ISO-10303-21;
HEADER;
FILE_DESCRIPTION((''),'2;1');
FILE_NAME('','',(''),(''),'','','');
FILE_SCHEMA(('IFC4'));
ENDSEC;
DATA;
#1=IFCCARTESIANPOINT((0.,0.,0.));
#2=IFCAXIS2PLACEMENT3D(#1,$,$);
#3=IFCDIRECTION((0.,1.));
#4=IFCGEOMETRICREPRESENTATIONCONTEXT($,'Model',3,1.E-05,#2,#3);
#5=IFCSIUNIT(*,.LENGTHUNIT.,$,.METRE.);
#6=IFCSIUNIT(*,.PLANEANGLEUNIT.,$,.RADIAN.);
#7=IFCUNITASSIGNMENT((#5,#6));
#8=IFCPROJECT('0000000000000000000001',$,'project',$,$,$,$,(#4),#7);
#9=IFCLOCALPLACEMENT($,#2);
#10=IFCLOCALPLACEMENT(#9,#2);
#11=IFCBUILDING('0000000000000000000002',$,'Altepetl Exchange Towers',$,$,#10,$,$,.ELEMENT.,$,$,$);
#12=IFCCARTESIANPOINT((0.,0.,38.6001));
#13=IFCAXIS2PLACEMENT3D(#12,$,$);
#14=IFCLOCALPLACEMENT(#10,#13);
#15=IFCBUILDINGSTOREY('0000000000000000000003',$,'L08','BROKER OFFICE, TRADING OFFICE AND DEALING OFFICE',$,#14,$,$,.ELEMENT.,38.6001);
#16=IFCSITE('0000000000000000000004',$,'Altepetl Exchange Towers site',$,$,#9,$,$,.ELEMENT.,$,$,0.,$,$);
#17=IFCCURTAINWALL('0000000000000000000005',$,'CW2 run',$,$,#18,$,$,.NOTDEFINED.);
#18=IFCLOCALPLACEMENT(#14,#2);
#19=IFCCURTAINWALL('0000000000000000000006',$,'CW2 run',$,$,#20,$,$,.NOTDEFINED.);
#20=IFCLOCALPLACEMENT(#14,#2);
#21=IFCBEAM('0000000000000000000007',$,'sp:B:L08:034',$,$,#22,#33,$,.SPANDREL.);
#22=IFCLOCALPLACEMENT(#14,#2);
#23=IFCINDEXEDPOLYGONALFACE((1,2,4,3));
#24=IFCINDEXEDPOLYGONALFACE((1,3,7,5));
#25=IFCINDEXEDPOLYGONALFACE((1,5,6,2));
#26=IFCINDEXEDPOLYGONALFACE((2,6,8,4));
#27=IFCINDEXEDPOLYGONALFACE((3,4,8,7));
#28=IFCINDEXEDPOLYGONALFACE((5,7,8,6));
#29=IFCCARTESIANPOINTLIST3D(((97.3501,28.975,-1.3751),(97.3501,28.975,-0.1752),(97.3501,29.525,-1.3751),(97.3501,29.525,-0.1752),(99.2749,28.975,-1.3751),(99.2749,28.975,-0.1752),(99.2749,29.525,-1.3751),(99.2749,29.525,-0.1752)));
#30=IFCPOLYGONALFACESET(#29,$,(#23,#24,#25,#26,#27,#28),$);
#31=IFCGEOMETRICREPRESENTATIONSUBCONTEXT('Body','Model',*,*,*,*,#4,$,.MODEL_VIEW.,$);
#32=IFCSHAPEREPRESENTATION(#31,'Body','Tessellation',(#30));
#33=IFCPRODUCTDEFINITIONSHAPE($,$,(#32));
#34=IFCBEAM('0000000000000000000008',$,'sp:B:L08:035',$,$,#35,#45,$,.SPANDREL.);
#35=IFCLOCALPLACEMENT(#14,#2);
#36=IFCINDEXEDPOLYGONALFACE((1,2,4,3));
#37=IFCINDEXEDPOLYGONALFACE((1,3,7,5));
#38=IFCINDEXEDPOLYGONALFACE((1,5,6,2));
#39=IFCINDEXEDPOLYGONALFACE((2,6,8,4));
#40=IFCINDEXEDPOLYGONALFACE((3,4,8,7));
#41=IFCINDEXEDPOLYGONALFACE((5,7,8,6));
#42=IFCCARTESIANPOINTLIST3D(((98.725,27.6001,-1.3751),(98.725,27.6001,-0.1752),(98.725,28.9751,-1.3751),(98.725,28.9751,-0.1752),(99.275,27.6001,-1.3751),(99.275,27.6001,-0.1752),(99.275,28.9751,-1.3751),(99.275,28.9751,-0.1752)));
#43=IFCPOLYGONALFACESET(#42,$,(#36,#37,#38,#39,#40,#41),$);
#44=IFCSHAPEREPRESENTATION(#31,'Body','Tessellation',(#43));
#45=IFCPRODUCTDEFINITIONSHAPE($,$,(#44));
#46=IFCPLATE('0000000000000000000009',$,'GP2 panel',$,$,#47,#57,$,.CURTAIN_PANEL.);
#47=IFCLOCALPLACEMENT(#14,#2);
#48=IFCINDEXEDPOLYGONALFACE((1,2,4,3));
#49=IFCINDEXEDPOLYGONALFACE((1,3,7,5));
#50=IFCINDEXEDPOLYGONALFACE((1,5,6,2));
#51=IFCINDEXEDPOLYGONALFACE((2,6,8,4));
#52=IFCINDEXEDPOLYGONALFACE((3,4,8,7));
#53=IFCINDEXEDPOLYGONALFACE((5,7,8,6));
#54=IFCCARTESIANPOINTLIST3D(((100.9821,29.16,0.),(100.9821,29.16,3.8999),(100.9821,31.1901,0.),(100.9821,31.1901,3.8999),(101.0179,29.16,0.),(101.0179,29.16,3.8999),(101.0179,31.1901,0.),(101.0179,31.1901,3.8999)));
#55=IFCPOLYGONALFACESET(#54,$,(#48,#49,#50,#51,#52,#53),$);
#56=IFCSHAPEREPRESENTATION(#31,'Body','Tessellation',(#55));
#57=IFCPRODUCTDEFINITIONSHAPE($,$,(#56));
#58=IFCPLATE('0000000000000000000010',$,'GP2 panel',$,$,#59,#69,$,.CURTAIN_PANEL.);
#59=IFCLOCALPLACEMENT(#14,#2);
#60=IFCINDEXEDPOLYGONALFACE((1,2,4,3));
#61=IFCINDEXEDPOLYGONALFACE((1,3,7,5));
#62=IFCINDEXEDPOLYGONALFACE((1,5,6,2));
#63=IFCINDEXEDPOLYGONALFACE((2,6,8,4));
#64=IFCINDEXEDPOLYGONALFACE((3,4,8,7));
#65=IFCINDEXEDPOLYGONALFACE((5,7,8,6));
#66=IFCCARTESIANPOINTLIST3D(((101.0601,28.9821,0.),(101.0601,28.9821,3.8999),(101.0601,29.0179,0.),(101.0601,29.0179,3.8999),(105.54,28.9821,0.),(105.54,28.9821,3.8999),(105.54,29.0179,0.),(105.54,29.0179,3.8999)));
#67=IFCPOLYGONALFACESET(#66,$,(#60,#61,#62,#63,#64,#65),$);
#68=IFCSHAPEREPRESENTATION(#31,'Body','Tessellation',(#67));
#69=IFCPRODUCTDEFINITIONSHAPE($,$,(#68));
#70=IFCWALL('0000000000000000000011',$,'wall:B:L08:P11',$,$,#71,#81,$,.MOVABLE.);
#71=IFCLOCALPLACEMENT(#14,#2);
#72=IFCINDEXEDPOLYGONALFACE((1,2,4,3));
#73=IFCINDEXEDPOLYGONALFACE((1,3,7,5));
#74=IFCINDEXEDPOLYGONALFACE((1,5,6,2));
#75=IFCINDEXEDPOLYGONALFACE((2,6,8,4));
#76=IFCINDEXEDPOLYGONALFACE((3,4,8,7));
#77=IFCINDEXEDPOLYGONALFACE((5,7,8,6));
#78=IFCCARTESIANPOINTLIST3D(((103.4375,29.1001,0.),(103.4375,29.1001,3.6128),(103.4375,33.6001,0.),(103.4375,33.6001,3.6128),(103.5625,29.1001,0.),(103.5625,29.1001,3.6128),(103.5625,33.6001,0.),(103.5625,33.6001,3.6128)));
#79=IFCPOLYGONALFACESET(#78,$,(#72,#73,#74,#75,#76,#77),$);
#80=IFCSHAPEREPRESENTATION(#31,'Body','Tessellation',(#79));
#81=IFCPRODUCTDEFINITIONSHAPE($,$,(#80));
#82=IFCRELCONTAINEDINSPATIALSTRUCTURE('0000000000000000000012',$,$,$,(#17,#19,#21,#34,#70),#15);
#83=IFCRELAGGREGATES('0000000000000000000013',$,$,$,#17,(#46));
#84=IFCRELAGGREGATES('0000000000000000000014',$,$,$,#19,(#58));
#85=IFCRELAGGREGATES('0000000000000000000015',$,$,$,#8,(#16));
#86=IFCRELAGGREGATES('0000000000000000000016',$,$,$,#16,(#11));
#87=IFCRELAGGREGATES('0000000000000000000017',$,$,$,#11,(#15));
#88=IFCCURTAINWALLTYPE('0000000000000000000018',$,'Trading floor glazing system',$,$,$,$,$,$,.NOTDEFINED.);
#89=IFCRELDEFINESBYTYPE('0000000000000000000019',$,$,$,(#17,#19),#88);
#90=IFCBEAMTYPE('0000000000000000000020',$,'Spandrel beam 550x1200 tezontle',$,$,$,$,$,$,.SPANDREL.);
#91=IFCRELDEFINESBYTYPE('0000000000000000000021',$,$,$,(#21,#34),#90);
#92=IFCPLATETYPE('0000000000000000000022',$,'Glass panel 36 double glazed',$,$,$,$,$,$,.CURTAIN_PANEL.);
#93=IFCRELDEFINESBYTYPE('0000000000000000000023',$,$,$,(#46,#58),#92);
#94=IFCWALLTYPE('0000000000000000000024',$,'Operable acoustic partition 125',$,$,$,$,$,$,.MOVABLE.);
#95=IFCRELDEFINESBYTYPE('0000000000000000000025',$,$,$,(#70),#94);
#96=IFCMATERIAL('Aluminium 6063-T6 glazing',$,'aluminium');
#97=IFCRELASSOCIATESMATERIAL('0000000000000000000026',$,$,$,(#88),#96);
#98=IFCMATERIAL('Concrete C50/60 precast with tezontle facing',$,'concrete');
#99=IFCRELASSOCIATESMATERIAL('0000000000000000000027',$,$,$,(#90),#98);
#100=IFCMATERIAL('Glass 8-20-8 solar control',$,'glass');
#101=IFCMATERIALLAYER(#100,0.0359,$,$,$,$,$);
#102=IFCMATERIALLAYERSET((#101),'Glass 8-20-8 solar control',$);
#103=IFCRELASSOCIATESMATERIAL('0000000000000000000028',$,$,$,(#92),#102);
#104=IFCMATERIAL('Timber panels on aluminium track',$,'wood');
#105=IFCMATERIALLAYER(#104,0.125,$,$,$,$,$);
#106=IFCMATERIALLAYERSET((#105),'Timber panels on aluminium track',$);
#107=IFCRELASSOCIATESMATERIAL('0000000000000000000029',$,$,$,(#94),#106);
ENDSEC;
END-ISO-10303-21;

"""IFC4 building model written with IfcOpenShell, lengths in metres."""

from ifc_helpers import new_model, si_unit, direction, frame, frame_2d, origin, origin_2d, place, context, subcontext, project, spatial, rectangle, extrude, material, layer, layer_set, material_profile, profile_set, type_object, element, aggregate, save


model = new_model("IFC4")

# Units and contexts
model_context = context("Model", 3, precision=1e-05, world=origin(), true_north=direction((0.0, 1.0)))
body_context = subcontext(model_context, "Body", "Model", "MODEL_VIEW")
ifc_project = project(units=[si_unit("LENGTHUNIT", "METRE"), si_unit("PLANEANGLEUNIT", "RADIAN")], contexts=[model_context])

# Site, building, storey
site_placement = place(None, origin())
site = spatial("IfcSite", under=ifc_project, at=site_placement, Name="Altepetl Exchange Towers site", CompositionType="ELEMENT", RefElevation=0.0)
building_placement = place(site_placement, origin())
building = spatial("IfcBuilding", under=site, at=building_placement, Name="Altepetl Exchange Towers", CompositionType="ELEMENT")
storey_placement = place(building_placement, frame((0.0, 0.0, 38.6001)))
storey = spatial("IfcBuildingStorey", under=building, at=storey_placement, Name="L08", Description="BROKER OFFICE, TRADING OFFICE AND DEALING OFFICE", CompositionType="ELEMENT", Elevation=38.6001)

# Shared definitions
ifc_material_1 = material(Name="Aluminium 6063-T6 glazing", Category="aluminium")
curtain_wall_type = type_object("IfcCurtainWallType", Name="Trading floor glazing system", PredefinedType="NOTDEFINED", material=ifc_material_1)

# Curtain wall
curtain_wall_1_placement = place(storey_placement, origin())
curtain_wall_1 = element("IfcCurtainWall", 1, at=curtain_wall_1_placement, inside=storey, type_object=curtain_wall_type, Name="CW2 run", PredefinedType="NOTDEFINED")

# Curtain wall
curtain_wall_2_placement = place(storey_placement, origin())
curtain_wall_2 = element("IfcCurtainWall", 2, at=curtain_wall_2_placement, inside=storey, type_object=curtain_wall_type, Name="CW2 run", PredefinedType="NOTDEFINED")

# Beams
ifc_material_2 = material(Name="Concrete C50/60 precast with tezontle facing", Category="concrete")
ifc_material_profile_1 = material_profile(ifc_material_2, rectangle(XDim=0.55, YDim=1.2, at=origin_2d()), Name="550 x 1200")
ifc_profile_set_1 = profile_set([ifc_material_profile_1], Name="Concrete C50/60 precast with tezontle facing")
beam_type_1 = type_object("IfcBeamType", Name="Spandrel beam 550x1200 tezontle", PredefinedType="SPANDREL", material=ifc_profile_set_1)
beam_1_placement = place(storey_placement, frame((97.3501, 29.25, -0.7751), z_axis=(1.0, 0.0, 0.0), x_axis=(0.0, 1.0, 0.0)))
element("IfcBeam", 3, at=beam_1_placement, inside=storey, type_object=beam_type_1, Name="sp:B:L08:034", PredefinedType="SPANDREL", context=body_context, shape_type="SweptSolid", body=[
    extrude(rectangle(XDim=0.55, YDim=1.2, at=origin_2d()), origin(), (0.0, 0.0, 1.0), 1.9248),
])
beam_2_placement = place(storey_placement, frame((99.0, 28.9751, -0.7751), z_axis=(0.0, -1.0, 0.0), x_axis=(1.0, 0.0, 0.0)))
element("IfcBeam", 4, at=beam_2_placement, inside=storey, type_object=beam_type_1, Name="sp:B:L08:035", PredefinedType="SPANDREL", context=body_context, shape_type="SweptSolid", body=[
    extrude(rectangle(XDim=0.55, YDim=1.2, at=origin_2d()), origin(), (0.0, 0.0, 1.0), 1.375),
])

# Plates
ifc_material_3 = material(Name="Glass 8-20-8 solar control", Category="glass")
ifc_layer_1 = layer(ifc_material_3, 0.0359)
ifc_layer_set_1 = layer_set([ifc_layer_1], Name="Glass 8-20-8 solar control")
plate_type = type_object("IfcPlateType", Name="Glass panel 36 double glazed", PredefinedType="CURTAIN_PANEL", material=ifc_layer_set_1)
plate_1_placement = place(storey_placement, frame((101.0, 30.175, 0.0), z_axis=(0.0, 0.0, 1.0), x_axis=(0.0, -1.0, 0.0)))
plate_1 = element("IfcPlate", 5, at=plate_1_placement, type_object=plate_type, Name="GP2 panel", PredefinedType="CURTAIN_PANEL", context=body_context, shape_type="SweptSolid", body=[
    extrude(rectangle(XDim=2.03, YDim=0.0359, at=origin_2d()), origin(), (0.0, 0.0, 1.0), 3.8999),
])
aggregate(curtain_wall_1, [plate_1])
plate_2_placement = place(storey_placement, frame((103.3, 29.0, 0.0)))
plate_2 = element("IfcPlate", 6, at=plate_2_placement, type_object=plate_type, Name="GP2 panel", PredefinedType="CURTAIN_PANEL", context=body_context, shape_type="SweptSolid", body=[
    extrude(rectangle(XDim=4.48, YDim=0.0359, at=origin_2d()), origin(), (0.0, 0.0, 1.0), 3.8999),
])
aggregate(curtain_wall_2, [plate_2])

# Wall
ifc_material_4 = material(Name="Timber panels on aluminium track", Category="wood")
ifc_layer_2 = layer(ifc_material_4, 0.125)
ifc_layer_set_2 = layer_set([ifc_layer_2], Name="Timber panels on aluminium track")
wall_type = type_object("IfcWallType", Name="Operable acoustic partition 125", PredefinedType="MOVABLE", material=ifc_layer_set_2)
wall_placement = place(storey_placement, frame((103.5, 29.1001, 0.0), z_axis=(0.0, 0.0, 1.0), x_axis=(0.0, 1.0, 0.0)))
element("IfcWall", 7, at=wall_placement, inside=storey, type_object=wall_type, Name="wall:B:L08:P11", PredefinedType="MOVABLE", context=body_context, shape_type="SweptSolid", body=[
    extrude(rectangle(XDim=4.5, YDim=0.125, at=frame_2d((2.25, 0.0))), origin(), (0.0, 0.0, 1.0), 3.6128),
])

save(model, "model.ifc")
